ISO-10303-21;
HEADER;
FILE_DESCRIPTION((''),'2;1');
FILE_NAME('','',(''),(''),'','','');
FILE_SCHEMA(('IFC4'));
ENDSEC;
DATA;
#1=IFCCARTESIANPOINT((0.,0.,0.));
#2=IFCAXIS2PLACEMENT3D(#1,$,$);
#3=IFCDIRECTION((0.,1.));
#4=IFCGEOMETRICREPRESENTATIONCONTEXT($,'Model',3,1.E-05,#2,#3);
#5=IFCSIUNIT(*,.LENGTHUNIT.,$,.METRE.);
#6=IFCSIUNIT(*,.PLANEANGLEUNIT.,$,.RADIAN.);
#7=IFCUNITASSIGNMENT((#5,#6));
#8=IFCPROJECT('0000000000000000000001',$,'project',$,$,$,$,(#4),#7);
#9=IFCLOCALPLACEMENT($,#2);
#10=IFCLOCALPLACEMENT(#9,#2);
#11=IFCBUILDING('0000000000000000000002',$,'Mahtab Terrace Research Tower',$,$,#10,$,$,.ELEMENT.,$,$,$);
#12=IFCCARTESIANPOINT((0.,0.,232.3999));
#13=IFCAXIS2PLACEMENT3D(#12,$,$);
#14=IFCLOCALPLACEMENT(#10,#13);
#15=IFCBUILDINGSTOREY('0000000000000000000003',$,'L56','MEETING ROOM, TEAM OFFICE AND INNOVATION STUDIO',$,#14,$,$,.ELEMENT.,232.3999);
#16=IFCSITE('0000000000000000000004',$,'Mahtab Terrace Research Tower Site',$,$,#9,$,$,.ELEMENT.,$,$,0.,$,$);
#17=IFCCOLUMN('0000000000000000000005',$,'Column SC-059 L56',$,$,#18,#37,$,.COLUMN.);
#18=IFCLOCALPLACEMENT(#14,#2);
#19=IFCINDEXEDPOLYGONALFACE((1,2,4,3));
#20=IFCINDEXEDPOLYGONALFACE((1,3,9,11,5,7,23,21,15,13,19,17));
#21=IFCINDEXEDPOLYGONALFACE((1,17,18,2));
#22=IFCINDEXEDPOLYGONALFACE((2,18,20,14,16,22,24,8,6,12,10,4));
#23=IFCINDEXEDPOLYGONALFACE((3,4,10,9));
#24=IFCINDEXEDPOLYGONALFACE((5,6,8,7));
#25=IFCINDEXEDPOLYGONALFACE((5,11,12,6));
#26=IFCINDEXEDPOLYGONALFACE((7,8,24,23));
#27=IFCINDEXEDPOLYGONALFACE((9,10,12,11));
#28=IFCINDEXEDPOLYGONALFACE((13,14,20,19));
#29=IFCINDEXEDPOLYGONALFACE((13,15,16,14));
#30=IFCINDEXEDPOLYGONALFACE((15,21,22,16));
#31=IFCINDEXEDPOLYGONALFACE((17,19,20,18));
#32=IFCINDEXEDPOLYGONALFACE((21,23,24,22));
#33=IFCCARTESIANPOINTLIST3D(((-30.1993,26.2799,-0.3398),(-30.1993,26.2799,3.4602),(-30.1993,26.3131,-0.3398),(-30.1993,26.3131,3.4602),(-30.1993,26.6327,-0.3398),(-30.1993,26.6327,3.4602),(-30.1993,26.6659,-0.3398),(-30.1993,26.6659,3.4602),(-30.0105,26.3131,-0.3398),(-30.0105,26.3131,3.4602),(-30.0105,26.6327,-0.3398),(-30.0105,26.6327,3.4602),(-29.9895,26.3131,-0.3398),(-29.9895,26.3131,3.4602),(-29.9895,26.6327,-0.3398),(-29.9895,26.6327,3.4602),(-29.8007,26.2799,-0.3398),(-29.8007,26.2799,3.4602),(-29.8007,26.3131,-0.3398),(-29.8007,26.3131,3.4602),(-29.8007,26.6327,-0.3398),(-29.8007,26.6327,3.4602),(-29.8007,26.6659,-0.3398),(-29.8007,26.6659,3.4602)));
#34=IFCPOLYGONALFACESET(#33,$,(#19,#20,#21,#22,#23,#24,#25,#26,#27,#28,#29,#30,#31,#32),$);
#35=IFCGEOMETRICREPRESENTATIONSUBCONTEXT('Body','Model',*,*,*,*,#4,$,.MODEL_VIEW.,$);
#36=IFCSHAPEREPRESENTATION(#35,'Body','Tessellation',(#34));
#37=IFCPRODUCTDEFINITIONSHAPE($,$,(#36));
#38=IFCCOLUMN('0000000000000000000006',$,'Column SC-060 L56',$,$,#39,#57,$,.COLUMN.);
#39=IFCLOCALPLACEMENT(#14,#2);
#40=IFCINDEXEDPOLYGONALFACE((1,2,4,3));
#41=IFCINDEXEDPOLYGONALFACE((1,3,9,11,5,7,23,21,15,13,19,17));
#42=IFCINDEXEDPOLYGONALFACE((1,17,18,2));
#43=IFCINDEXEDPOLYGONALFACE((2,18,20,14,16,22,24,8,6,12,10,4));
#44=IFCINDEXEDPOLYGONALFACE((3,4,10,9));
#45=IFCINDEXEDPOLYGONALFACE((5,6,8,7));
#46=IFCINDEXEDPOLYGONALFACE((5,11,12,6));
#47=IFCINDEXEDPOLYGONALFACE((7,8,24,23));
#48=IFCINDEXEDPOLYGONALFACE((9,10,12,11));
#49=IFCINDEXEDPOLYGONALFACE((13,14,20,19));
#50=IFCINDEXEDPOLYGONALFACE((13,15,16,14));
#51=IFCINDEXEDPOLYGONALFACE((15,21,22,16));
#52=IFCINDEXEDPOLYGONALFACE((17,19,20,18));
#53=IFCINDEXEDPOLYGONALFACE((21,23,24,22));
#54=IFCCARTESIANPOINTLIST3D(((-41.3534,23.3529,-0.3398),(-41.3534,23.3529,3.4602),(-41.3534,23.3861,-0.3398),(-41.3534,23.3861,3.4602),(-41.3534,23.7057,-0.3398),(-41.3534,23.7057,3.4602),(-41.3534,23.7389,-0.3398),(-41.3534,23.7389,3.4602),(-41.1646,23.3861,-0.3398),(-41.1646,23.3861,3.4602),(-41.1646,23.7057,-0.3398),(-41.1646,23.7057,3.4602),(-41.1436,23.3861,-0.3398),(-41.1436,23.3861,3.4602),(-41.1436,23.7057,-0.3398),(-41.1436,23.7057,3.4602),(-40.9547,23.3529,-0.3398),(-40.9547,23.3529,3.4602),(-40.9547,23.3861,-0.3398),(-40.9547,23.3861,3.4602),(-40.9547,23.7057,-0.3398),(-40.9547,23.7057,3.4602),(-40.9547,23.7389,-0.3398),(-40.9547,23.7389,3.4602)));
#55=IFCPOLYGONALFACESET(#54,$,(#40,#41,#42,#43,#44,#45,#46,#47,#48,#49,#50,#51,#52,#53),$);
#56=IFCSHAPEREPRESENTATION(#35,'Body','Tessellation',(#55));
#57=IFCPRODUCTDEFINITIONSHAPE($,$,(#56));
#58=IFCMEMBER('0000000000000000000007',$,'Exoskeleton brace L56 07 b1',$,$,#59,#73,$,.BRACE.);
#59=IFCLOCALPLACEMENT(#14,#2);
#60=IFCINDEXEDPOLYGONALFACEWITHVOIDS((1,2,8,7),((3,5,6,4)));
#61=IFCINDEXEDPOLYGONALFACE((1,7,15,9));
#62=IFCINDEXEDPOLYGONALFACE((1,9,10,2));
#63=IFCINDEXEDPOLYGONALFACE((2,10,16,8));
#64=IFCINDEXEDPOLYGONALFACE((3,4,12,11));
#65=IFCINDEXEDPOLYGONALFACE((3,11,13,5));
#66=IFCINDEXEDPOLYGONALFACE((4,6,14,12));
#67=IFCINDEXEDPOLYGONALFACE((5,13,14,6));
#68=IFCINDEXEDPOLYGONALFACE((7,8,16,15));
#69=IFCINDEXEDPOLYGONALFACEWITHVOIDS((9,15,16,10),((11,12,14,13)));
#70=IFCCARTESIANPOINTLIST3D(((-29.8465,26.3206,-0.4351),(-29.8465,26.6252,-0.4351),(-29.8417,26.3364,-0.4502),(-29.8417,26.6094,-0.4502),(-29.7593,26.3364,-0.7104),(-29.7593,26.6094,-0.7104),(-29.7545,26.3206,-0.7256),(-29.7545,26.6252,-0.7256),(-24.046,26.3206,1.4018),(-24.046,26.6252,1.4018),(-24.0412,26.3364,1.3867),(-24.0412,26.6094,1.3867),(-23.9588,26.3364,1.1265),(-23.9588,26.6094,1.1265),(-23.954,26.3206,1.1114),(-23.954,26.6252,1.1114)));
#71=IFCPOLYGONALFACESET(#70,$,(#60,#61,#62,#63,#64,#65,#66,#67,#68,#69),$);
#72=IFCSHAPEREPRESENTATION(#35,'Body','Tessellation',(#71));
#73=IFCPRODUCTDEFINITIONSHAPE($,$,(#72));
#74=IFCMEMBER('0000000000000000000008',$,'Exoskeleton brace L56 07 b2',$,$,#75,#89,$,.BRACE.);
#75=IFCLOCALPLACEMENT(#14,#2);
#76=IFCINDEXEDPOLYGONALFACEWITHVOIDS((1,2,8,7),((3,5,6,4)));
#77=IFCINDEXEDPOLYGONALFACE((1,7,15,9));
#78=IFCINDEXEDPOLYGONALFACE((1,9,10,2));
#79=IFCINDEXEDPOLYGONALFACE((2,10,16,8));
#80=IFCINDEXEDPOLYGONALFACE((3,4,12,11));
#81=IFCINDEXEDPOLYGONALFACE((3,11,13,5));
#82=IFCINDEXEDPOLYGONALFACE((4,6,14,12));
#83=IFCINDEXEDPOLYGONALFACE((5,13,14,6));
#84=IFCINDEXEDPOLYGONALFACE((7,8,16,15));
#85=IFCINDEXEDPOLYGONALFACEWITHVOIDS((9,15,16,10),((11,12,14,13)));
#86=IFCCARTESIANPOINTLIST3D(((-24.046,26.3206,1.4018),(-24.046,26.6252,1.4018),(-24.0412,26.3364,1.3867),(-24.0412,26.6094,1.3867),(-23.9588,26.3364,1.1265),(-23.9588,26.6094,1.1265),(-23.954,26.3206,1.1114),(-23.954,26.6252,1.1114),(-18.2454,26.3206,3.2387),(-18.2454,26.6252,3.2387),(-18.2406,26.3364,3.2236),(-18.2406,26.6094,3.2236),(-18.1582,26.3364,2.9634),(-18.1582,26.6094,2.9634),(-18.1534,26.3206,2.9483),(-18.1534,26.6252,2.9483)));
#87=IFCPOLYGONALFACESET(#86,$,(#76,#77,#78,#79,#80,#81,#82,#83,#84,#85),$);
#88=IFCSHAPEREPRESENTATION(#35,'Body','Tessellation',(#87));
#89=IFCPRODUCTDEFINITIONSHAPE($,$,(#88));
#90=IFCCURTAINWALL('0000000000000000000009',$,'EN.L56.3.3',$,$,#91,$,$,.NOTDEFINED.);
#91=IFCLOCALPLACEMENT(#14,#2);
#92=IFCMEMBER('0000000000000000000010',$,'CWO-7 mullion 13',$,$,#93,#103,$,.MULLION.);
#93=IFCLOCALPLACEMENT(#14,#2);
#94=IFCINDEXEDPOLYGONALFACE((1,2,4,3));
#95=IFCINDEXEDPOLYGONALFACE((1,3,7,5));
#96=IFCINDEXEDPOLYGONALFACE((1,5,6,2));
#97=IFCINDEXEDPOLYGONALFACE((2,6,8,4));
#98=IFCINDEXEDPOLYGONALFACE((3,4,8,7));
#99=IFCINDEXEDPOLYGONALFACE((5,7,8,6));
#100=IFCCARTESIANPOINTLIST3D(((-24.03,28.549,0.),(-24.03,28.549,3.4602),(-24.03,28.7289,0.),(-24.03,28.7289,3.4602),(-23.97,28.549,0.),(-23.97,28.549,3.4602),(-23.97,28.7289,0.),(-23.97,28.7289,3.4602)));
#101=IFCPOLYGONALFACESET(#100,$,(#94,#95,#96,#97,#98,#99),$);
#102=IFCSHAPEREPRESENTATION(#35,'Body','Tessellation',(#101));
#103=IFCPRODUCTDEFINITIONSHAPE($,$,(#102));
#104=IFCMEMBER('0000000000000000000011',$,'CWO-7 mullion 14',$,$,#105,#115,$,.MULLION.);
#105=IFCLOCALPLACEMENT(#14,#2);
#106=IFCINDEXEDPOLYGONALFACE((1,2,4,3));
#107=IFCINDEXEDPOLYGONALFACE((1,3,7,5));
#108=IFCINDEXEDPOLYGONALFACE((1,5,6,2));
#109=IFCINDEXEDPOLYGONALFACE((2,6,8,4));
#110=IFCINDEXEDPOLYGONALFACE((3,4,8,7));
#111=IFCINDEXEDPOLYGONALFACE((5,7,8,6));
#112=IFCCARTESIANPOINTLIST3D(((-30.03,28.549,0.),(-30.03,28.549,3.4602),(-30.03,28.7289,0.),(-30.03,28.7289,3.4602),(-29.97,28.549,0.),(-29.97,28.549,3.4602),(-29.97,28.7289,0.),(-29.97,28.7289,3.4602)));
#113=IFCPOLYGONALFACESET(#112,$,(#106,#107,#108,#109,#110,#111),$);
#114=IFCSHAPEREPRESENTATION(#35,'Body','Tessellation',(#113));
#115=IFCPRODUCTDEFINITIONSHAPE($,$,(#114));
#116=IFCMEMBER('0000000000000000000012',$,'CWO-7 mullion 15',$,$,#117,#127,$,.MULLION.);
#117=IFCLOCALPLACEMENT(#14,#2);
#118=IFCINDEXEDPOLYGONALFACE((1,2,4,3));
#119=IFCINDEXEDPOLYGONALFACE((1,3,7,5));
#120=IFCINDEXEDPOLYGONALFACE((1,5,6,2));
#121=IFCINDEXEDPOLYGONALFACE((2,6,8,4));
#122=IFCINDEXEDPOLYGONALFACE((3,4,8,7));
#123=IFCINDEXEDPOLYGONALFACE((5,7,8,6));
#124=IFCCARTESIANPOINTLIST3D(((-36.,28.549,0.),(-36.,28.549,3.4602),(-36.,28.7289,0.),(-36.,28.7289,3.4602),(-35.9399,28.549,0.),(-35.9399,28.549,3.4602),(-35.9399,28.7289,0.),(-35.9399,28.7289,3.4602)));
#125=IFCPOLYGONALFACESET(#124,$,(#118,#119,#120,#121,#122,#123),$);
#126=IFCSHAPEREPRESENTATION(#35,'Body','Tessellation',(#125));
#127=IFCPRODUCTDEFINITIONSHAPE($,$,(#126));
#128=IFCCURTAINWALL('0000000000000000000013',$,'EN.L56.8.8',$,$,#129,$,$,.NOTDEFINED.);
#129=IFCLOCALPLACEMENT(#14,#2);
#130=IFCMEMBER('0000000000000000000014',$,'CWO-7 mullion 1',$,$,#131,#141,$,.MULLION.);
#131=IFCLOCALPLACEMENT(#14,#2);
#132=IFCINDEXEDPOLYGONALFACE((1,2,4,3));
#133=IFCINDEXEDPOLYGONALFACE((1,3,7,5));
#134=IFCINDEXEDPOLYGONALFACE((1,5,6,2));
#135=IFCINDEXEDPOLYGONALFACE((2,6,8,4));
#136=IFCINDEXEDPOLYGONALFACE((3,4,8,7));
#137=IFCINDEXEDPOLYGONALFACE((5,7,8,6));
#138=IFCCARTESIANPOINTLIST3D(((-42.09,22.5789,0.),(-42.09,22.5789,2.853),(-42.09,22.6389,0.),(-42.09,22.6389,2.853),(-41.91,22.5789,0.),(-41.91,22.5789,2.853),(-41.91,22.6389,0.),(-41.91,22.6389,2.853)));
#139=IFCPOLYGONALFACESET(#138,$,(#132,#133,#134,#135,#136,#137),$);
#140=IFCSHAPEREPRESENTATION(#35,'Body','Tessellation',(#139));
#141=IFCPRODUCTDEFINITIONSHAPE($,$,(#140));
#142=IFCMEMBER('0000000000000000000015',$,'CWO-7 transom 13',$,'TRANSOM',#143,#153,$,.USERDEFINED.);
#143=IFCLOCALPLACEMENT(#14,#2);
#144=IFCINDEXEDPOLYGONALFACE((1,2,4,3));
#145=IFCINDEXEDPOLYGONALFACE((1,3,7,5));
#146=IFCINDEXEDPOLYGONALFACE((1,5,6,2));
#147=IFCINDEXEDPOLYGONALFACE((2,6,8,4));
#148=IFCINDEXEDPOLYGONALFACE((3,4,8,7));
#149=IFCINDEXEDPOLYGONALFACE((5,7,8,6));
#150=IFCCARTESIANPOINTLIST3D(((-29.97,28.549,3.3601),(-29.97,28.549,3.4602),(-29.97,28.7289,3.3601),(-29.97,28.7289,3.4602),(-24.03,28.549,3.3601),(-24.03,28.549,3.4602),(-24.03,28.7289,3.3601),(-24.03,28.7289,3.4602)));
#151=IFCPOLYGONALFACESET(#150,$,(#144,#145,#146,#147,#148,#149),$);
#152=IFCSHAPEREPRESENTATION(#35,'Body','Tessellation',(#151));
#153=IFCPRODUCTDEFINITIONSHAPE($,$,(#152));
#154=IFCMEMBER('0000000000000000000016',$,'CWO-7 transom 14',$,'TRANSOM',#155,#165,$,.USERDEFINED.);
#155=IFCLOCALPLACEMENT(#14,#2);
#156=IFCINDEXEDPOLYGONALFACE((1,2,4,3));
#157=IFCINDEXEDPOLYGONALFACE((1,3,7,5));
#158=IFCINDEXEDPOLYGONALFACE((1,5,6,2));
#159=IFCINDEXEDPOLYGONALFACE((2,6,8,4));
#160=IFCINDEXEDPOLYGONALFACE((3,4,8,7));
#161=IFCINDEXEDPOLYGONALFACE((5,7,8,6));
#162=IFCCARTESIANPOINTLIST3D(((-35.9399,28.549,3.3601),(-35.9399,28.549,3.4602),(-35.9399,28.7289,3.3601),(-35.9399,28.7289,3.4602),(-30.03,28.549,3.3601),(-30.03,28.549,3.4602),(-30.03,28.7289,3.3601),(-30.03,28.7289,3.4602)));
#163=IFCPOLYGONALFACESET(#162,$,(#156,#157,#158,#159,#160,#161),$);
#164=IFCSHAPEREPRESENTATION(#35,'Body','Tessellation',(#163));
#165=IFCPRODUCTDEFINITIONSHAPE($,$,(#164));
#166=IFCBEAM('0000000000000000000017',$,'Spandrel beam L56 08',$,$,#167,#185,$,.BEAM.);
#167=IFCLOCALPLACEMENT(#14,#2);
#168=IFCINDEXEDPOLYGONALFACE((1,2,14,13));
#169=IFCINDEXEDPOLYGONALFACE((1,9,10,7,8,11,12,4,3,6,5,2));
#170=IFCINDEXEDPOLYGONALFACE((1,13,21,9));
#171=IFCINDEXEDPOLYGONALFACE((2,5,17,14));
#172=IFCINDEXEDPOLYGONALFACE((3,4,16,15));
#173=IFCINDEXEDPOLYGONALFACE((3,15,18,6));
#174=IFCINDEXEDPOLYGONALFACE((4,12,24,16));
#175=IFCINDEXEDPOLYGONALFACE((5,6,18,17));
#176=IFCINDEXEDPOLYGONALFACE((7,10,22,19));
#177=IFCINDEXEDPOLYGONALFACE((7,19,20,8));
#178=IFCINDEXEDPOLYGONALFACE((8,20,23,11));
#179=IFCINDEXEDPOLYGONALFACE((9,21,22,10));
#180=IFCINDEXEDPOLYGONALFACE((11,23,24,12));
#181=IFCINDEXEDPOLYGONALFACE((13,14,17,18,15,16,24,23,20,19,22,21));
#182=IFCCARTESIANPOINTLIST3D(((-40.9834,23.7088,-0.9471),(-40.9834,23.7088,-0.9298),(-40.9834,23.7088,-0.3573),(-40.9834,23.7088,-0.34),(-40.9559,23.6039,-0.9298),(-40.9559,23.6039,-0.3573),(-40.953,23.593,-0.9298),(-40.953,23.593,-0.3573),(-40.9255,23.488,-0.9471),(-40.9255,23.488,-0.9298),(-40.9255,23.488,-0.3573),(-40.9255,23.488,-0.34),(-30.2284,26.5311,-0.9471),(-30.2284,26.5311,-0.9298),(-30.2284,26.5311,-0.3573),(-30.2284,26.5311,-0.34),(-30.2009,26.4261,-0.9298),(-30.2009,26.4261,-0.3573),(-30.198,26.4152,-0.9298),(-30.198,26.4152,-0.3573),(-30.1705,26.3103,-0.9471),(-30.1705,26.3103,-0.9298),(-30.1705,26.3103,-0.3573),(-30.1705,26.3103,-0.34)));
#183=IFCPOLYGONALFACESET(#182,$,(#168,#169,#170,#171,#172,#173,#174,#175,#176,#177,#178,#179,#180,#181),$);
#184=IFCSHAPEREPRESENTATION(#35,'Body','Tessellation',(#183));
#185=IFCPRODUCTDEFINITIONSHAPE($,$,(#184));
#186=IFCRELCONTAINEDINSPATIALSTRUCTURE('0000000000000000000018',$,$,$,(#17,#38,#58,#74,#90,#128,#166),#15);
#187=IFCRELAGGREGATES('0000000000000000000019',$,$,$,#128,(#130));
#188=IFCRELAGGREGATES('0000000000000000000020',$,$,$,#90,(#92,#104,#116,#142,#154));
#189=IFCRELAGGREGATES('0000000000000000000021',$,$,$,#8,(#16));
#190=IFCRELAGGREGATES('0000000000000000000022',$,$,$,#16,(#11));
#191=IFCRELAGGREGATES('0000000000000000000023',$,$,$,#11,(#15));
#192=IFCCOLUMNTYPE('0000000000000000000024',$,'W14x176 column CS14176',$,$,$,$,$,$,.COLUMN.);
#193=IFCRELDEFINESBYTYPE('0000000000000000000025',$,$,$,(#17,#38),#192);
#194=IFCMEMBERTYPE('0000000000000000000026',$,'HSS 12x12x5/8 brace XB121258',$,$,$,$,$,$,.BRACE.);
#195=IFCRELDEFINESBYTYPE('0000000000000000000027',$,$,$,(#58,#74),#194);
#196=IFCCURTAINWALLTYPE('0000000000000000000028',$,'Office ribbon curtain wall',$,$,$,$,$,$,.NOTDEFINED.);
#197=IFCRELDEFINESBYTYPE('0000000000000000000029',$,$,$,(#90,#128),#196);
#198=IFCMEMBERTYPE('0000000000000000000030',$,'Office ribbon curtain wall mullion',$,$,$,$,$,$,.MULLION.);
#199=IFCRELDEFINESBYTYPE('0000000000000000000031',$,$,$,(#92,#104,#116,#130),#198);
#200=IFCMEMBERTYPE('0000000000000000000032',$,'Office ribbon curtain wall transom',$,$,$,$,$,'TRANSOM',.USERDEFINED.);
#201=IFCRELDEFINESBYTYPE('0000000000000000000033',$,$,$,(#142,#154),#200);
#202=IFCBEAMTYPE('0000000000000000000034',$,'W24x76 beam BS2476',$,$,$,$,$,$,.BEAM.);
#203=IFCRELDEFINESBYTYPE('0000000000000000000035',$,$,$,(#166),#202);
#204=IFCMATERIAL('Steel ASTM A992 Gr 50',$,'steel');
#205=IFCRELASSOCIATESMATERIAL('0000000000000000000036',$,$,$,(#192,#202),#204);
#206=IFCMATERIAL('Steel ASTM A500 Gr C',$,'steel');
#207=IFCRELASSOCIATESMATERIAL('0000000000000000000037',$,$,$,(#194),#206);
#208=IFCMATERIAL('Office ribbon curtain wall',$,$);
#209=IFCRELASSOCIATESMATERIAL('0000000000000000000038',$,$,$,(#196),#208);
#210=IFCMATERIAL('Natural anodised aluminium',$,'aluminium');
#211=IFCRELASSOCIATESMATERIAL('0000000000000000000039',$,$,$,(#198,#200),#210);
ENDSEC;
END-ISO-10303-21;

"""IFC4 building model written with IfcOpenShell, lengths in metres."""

from ifc_helpers import new_model, si_unit, direction, frame, origin, origin_2d, place, context, subcontext, project, spatial, rectangle, hollow_rectangle, i_section, extrude, material, material_profile, profile_set, type_object, element, aggregate, save


model = new_model("IFC4")

# Units and contexts
model_context = context("Model", 3, precision=1e-05, world=origin(), true_north=direction((0.0, 1.0)))
body_context = subcontext(model_context, "Body", "Model", "MODEL_VIEW")
ifc_project = project(units=[si_unit("LENGTHUNIT", "METRE"), si_unit("PLANEANGLEUNIT", "RADIAN")], contexts=[model_context])

# Site, building, storey
site_placement = place(None, origin())
site = spatial("IfcSite", under=ifc_project, at=site_placement, Name="Mahtab Terrace Research Tower Site", CompositionType="ELEMENT", RefElevation=0.0)
building_placement = place(site_placement, origin())
building = spatial("IfcBuilding", under=site, at=building_placement, Name="Mahtab Terrace Research Tower", CompositionType="ELEMENT")
storey_placement = place(building_placement, frame((0.0, 0.0, 232.3999)))
storey = spatial("IfcBuildingStorey", under=building, at=storey_placement, Name="L56", Description="MEETING ROOM, TEAM OFFICE AND INNOVATION STUDIO", CompositionType="ELEMENT", Elevation=232.3999)

# Columns
ifc_material_1 = material(Name="Steel ASTM A992 Gr 50", Category="steel")
ifc_material_profile_1 = material_profile(ifc_material_1, i_section(OverallWidth=0.3987, OverallDepth=0.386, WebThickness=0.021, FlangeThickness=0.0332, at=origin_2d()), Name="W14X176")
ifc_profile_set_1 = profile_set([ifc_material_profile_1], Name="Steel ASTM A992 Gr 50")
column_type = type_object("IfcColumnType", Name="W14x176 column CS14176", PredefinedType="COLUMN", material=ifc_profile_set_1)
for number, where, z_axis, x_axis, name in (
    (1, (-30.0, 26.4729, -0.3398), (0.0, 0.0, 1.0), (1.0, 0.0, 0.0), "Column SC-059 L56"),
    (2, (-41.1541, 23.5459, -0.3398), (0.0, 0.0, 1.0), (1.0, 0.0, 0.0), "Column SC-060 L56"),
):
    element("IfcColumn", number, at=place(storey_placement, frame(where, z_axis=z_axis, x_axis=x_axis)), inside=storey, type_object=column_type, Name=name, PredefinedType="COLUMN", context=body_context, shape_type="SweptSolid", body=[
        extrude(i_section(OverallWidth=0.3987, OverallDepth=0.386, WebThickness=0.021, FlangeThickness=0.0332, at=origin_2d()), origin(), (0.0, 0.0, 1.0), 3.8),
    ])

# Members
ifc_material_2 = material(Name="Steel ASTM A500 Gr C", Category="steel")
ifc_material_profile_2 = material_profile(ifc_material_2, hollow_rectangle(XDim=0.3047, YDim=0.3047, WallThickness=0.0159, at=origin_2d()), Name="HSS12X12X5/8")
ifc_profile_set_2 = profile_set([ifc_material_profile_2], Name="Steel ASTM A500 Gr C")
member_type_1 = type_object("IfcMemberType", Name="HSS 12x12x5/8 brace XB121258", PredefinedType="BRACE", material=ifc_profile_set_2)
for number, where, z_axis, x_axis, name in (
    (3, (-29.8005, 26.4729, -0.5803), (0.953339, 0.0, 0.301903), (0.0, 1.0, 0.0), "Exoskeleton brace L56 07 b1"),
    (4, (-24.0, 26.4729, 1.2566), (0.953339, 0.0, 0.301903), (0.0, 1.0, 0.0), "Exoskeleton brace L56 07 b2"),
):
    element("IfcMember", number, at=place(storey_placement, frame(where, z_axis=z_axis, x_axis=x_axis)), inside=storey, type_object=member_type_1, Name=name, PredefinedType="BRACE", context=body_context, shape_type="SweptSolid", body=[
        extrude(hollow_rectangle(XDim=0.3047, YDim=0.3047, WallThickness=0.0159, at=origin_2d()), origin(), (0.0, 0.0, 1.0), 6.0845),
    ])

# Curtain wall, members
ifc_material_3 = material(Name="Office ribbon curtain wall")
curtain_wall_type = type_object("IfcCurtainWallType", Name="Office ribbon curtain wall", PredefinedType="NOTDEFINED", material=ifc_material_3)
curtain_wall_1_placement = place(storey_placement, origin())
curtain_wall_1 = element("IfcCurtainWall", 5, at=curtain_wall_1_placement, inside=storey, type_object=curtain_wall_type, Name="EN.L56.3.3", PredefinedType="NOTDEFINED")
ifc_material_4 = material(Name="Natural anodised aluminium", Category="aluminium")
ifc_material_profile_3 = material_profile(ifc_material_4, rectangle(XDim=0.1799, YDim=0.0601, at=origin_2d()), Name="MULLION 60x180")
ifc_profile_set_3 = profile_set([ifc_material_profile_3], Name="Natural anodised aluminium")
member_type_2 = type_object("IfcMemberType", Name="Office ribbon curtain wall mullion", PredefinedType="MULLION", material=ifc_profile_set_3)
member_1_placement = place(storey_placement, frame((-24.0, 28.6389, 0.0), z_axis=(0.0, 0.0, 1.0), x_axis=(0.0, -1.0, 0.0)))
member_1 = element("IfcMember", 6, at=member_1_placement, type_object=member_type_2, Name="CWO-7 mullion 13", PredefinedType="MULLION", context=body_context, shape_type="SweptSolid", body=[
    extrude(rectangle(XDim=0.1799, YDim=0.0601, at=origin_2d()), origin(), (0.0, 0.0, 1.0), 3.4602),
])
member_2_placement = place(storey_placement, frame((-30.0, 28.6389, 0.0), z_axis=(0.0, 0.0, 1.0), x_axis=(0.0, -1.0, 0.0)))
member_2 = element("IfcMember", 7, at=member_2_placement, type_object=member_type_2, Name="CWO-7 mullion 14", PredefinedType="MULLION", context=body_context, shape_type="SweptSolid", body=[
    extrude(rectangle(XDim=0.1799, YDim=0.0601, at=origin_2d()), origin(), (0.0, 0.0, 1.0), 3.4602),
])
member_3_placement = place(storey_placement, frame((-35.97, 28.6389, 0.0), z_axis=(0.0, 0.0, 1.0), x_axis=(0.0, -1.0, 0.0)))
member_3 = element("IfcMember", 8, at=member_3_placement, type_object=member_type_2, Name="CWO-7 mullion 15", PredefinedType="MULLION", context=body_context, shape_type="SweptSolid", body=[
    extrude(rectangle(XDim=0.1799, YDim=0.0601, at=origin_2d()), origin(), (0.0, 0.0, 1.0), 3.4602),
])

# Curtain wall, member
curtain_wall_2_placement = place(storey_placement, origin())
curtain_wall_2 = element("IfcCurtainWall", 9, at=curtain_wall_2_placement, inside=storey, type_object=curtain_wall_type, Name="EN.L56.8.8", PredefinedType="NOTDEFINED")
member_4_placement = place(storey_placement, frame((-42.0, 22.6089, 0.0), z_axis=(0.0, 0.0, 1.0), x_axis=(1.0, 0.0, 0.0)))
member_4 = element("IfcMember", 10, at=member_4_placement, type_object=member_type_2, Name="CWO-7 mullion 1", PredefinedType="MULLION", context=body_context, shape_type="SweptSolid", body=[
    extrude(rectangle(XDim=0.1799, YDim=0.0601, at=origin_2d()), origin(), (0.0, 0.0, 1.0), 2.853),
])
aggregate(curtain_wall_2, [member_4])

# Members
ifc_material_profile_4 = material_profile(ifc_material_4, rectangle(XDim=0.1799, YDim=0.1001, at=origin_2d()), Name="TRANSOM 100x180")
ifc_profile_set_4 = profile_set([ifc_material_profile_4], Name="Natural anodised aluminium")
member_type_3 = type_object("IfcMemberType", Name="Office ribbon curtain wall transom", ElementType="TRANSOM", PredefinedType="USERDEFINED", material=ifc_profile_set_4)
member_5_placement = place(storey_placement, frame((-24.03, 28.6389, 3.4102), z_axis=(-1.0, 0.0, 0.0), x_axis=(0.0, -1.0, 0.0)))
member_5 = element("IfcMember", 11, at=member_5_placement, type_object=member_type_3, Name="CWO-7 transom 13", ObjectType="TRANSOM", PredefinedType="USERDEFINED", context=body_context, shape_type="SweptSolid", body=[
    extrude(rectangle(XDim=0.1799, YDim=0.1001, at=origin_2d()), origin(), (0.0, 0.0, 1.0), 5.9399),
])
member_6_placement = place(storey_placement, frame((-30.03, 28.6389, 3.4102), z_axis=(-1.0, 0.0, 0.0), x_axis=(0.0, -1.0, 0.0)))
member_6 = element("IfcMember", 12, at=member_6_placement, type_object=member_type_3, Name="CWO-7 transom 14", ObjectType="TRANSOM", PredefinedType="USERDEFINED", context=body_context, shape_type="SweptSolid", body=[
    extrude(rectangle(XDim=0.1799, YDim=0.1001, at=origin_2d()), origin(), (0.0, 0.0, 1.0), 5.9099),
])

# Beam
ifc_material_profile_5 = material_profile(ifc_material_1, i_section(OverallWidth=0.2283, OverallDepth=0.6072, WebThickness=0.0112, FlangeThickness=0.0173, at=origin_2d()), Name="W24X76")
ifc_profile_set_5 = profile_set([ifc_material_profile_5], Name="Steel ASTM A992 Gr 50")
beam_type = type_object("IfcBeamType", Name="W24x76 beam BS2476", PredefinedType="BEAM", material=ifc_profile_set_5)
beam_1_placement = place(storey_placement, frame((-30.1995, 26.4207, -0.6436), z_axis=(-0.967252, -0.253818, 0.0), x_axis=(0.253818, -0.967252, 0.0)))
element("IfcBeam", 13, at=beam_1_placement, inside=storey, type_object=beam_type, Name="Spandrel beam L56 08", PredefinedType="BEAM", context=body_context, shape_type="SweptSolid", body=[
    extrude(i_section(OverallWidth=0.2283, OverallDepth=0.6072, WebThickness=0.0112, FlangeThickness=0.0173, at=origin_2d()), origin(), (0.0, 0.0, 1.0), 11.1191),
])

aggregate(curtain_wall_1, [member_1, member_2, member_3, member_5, member_6])

save(model, "model.ifc")
